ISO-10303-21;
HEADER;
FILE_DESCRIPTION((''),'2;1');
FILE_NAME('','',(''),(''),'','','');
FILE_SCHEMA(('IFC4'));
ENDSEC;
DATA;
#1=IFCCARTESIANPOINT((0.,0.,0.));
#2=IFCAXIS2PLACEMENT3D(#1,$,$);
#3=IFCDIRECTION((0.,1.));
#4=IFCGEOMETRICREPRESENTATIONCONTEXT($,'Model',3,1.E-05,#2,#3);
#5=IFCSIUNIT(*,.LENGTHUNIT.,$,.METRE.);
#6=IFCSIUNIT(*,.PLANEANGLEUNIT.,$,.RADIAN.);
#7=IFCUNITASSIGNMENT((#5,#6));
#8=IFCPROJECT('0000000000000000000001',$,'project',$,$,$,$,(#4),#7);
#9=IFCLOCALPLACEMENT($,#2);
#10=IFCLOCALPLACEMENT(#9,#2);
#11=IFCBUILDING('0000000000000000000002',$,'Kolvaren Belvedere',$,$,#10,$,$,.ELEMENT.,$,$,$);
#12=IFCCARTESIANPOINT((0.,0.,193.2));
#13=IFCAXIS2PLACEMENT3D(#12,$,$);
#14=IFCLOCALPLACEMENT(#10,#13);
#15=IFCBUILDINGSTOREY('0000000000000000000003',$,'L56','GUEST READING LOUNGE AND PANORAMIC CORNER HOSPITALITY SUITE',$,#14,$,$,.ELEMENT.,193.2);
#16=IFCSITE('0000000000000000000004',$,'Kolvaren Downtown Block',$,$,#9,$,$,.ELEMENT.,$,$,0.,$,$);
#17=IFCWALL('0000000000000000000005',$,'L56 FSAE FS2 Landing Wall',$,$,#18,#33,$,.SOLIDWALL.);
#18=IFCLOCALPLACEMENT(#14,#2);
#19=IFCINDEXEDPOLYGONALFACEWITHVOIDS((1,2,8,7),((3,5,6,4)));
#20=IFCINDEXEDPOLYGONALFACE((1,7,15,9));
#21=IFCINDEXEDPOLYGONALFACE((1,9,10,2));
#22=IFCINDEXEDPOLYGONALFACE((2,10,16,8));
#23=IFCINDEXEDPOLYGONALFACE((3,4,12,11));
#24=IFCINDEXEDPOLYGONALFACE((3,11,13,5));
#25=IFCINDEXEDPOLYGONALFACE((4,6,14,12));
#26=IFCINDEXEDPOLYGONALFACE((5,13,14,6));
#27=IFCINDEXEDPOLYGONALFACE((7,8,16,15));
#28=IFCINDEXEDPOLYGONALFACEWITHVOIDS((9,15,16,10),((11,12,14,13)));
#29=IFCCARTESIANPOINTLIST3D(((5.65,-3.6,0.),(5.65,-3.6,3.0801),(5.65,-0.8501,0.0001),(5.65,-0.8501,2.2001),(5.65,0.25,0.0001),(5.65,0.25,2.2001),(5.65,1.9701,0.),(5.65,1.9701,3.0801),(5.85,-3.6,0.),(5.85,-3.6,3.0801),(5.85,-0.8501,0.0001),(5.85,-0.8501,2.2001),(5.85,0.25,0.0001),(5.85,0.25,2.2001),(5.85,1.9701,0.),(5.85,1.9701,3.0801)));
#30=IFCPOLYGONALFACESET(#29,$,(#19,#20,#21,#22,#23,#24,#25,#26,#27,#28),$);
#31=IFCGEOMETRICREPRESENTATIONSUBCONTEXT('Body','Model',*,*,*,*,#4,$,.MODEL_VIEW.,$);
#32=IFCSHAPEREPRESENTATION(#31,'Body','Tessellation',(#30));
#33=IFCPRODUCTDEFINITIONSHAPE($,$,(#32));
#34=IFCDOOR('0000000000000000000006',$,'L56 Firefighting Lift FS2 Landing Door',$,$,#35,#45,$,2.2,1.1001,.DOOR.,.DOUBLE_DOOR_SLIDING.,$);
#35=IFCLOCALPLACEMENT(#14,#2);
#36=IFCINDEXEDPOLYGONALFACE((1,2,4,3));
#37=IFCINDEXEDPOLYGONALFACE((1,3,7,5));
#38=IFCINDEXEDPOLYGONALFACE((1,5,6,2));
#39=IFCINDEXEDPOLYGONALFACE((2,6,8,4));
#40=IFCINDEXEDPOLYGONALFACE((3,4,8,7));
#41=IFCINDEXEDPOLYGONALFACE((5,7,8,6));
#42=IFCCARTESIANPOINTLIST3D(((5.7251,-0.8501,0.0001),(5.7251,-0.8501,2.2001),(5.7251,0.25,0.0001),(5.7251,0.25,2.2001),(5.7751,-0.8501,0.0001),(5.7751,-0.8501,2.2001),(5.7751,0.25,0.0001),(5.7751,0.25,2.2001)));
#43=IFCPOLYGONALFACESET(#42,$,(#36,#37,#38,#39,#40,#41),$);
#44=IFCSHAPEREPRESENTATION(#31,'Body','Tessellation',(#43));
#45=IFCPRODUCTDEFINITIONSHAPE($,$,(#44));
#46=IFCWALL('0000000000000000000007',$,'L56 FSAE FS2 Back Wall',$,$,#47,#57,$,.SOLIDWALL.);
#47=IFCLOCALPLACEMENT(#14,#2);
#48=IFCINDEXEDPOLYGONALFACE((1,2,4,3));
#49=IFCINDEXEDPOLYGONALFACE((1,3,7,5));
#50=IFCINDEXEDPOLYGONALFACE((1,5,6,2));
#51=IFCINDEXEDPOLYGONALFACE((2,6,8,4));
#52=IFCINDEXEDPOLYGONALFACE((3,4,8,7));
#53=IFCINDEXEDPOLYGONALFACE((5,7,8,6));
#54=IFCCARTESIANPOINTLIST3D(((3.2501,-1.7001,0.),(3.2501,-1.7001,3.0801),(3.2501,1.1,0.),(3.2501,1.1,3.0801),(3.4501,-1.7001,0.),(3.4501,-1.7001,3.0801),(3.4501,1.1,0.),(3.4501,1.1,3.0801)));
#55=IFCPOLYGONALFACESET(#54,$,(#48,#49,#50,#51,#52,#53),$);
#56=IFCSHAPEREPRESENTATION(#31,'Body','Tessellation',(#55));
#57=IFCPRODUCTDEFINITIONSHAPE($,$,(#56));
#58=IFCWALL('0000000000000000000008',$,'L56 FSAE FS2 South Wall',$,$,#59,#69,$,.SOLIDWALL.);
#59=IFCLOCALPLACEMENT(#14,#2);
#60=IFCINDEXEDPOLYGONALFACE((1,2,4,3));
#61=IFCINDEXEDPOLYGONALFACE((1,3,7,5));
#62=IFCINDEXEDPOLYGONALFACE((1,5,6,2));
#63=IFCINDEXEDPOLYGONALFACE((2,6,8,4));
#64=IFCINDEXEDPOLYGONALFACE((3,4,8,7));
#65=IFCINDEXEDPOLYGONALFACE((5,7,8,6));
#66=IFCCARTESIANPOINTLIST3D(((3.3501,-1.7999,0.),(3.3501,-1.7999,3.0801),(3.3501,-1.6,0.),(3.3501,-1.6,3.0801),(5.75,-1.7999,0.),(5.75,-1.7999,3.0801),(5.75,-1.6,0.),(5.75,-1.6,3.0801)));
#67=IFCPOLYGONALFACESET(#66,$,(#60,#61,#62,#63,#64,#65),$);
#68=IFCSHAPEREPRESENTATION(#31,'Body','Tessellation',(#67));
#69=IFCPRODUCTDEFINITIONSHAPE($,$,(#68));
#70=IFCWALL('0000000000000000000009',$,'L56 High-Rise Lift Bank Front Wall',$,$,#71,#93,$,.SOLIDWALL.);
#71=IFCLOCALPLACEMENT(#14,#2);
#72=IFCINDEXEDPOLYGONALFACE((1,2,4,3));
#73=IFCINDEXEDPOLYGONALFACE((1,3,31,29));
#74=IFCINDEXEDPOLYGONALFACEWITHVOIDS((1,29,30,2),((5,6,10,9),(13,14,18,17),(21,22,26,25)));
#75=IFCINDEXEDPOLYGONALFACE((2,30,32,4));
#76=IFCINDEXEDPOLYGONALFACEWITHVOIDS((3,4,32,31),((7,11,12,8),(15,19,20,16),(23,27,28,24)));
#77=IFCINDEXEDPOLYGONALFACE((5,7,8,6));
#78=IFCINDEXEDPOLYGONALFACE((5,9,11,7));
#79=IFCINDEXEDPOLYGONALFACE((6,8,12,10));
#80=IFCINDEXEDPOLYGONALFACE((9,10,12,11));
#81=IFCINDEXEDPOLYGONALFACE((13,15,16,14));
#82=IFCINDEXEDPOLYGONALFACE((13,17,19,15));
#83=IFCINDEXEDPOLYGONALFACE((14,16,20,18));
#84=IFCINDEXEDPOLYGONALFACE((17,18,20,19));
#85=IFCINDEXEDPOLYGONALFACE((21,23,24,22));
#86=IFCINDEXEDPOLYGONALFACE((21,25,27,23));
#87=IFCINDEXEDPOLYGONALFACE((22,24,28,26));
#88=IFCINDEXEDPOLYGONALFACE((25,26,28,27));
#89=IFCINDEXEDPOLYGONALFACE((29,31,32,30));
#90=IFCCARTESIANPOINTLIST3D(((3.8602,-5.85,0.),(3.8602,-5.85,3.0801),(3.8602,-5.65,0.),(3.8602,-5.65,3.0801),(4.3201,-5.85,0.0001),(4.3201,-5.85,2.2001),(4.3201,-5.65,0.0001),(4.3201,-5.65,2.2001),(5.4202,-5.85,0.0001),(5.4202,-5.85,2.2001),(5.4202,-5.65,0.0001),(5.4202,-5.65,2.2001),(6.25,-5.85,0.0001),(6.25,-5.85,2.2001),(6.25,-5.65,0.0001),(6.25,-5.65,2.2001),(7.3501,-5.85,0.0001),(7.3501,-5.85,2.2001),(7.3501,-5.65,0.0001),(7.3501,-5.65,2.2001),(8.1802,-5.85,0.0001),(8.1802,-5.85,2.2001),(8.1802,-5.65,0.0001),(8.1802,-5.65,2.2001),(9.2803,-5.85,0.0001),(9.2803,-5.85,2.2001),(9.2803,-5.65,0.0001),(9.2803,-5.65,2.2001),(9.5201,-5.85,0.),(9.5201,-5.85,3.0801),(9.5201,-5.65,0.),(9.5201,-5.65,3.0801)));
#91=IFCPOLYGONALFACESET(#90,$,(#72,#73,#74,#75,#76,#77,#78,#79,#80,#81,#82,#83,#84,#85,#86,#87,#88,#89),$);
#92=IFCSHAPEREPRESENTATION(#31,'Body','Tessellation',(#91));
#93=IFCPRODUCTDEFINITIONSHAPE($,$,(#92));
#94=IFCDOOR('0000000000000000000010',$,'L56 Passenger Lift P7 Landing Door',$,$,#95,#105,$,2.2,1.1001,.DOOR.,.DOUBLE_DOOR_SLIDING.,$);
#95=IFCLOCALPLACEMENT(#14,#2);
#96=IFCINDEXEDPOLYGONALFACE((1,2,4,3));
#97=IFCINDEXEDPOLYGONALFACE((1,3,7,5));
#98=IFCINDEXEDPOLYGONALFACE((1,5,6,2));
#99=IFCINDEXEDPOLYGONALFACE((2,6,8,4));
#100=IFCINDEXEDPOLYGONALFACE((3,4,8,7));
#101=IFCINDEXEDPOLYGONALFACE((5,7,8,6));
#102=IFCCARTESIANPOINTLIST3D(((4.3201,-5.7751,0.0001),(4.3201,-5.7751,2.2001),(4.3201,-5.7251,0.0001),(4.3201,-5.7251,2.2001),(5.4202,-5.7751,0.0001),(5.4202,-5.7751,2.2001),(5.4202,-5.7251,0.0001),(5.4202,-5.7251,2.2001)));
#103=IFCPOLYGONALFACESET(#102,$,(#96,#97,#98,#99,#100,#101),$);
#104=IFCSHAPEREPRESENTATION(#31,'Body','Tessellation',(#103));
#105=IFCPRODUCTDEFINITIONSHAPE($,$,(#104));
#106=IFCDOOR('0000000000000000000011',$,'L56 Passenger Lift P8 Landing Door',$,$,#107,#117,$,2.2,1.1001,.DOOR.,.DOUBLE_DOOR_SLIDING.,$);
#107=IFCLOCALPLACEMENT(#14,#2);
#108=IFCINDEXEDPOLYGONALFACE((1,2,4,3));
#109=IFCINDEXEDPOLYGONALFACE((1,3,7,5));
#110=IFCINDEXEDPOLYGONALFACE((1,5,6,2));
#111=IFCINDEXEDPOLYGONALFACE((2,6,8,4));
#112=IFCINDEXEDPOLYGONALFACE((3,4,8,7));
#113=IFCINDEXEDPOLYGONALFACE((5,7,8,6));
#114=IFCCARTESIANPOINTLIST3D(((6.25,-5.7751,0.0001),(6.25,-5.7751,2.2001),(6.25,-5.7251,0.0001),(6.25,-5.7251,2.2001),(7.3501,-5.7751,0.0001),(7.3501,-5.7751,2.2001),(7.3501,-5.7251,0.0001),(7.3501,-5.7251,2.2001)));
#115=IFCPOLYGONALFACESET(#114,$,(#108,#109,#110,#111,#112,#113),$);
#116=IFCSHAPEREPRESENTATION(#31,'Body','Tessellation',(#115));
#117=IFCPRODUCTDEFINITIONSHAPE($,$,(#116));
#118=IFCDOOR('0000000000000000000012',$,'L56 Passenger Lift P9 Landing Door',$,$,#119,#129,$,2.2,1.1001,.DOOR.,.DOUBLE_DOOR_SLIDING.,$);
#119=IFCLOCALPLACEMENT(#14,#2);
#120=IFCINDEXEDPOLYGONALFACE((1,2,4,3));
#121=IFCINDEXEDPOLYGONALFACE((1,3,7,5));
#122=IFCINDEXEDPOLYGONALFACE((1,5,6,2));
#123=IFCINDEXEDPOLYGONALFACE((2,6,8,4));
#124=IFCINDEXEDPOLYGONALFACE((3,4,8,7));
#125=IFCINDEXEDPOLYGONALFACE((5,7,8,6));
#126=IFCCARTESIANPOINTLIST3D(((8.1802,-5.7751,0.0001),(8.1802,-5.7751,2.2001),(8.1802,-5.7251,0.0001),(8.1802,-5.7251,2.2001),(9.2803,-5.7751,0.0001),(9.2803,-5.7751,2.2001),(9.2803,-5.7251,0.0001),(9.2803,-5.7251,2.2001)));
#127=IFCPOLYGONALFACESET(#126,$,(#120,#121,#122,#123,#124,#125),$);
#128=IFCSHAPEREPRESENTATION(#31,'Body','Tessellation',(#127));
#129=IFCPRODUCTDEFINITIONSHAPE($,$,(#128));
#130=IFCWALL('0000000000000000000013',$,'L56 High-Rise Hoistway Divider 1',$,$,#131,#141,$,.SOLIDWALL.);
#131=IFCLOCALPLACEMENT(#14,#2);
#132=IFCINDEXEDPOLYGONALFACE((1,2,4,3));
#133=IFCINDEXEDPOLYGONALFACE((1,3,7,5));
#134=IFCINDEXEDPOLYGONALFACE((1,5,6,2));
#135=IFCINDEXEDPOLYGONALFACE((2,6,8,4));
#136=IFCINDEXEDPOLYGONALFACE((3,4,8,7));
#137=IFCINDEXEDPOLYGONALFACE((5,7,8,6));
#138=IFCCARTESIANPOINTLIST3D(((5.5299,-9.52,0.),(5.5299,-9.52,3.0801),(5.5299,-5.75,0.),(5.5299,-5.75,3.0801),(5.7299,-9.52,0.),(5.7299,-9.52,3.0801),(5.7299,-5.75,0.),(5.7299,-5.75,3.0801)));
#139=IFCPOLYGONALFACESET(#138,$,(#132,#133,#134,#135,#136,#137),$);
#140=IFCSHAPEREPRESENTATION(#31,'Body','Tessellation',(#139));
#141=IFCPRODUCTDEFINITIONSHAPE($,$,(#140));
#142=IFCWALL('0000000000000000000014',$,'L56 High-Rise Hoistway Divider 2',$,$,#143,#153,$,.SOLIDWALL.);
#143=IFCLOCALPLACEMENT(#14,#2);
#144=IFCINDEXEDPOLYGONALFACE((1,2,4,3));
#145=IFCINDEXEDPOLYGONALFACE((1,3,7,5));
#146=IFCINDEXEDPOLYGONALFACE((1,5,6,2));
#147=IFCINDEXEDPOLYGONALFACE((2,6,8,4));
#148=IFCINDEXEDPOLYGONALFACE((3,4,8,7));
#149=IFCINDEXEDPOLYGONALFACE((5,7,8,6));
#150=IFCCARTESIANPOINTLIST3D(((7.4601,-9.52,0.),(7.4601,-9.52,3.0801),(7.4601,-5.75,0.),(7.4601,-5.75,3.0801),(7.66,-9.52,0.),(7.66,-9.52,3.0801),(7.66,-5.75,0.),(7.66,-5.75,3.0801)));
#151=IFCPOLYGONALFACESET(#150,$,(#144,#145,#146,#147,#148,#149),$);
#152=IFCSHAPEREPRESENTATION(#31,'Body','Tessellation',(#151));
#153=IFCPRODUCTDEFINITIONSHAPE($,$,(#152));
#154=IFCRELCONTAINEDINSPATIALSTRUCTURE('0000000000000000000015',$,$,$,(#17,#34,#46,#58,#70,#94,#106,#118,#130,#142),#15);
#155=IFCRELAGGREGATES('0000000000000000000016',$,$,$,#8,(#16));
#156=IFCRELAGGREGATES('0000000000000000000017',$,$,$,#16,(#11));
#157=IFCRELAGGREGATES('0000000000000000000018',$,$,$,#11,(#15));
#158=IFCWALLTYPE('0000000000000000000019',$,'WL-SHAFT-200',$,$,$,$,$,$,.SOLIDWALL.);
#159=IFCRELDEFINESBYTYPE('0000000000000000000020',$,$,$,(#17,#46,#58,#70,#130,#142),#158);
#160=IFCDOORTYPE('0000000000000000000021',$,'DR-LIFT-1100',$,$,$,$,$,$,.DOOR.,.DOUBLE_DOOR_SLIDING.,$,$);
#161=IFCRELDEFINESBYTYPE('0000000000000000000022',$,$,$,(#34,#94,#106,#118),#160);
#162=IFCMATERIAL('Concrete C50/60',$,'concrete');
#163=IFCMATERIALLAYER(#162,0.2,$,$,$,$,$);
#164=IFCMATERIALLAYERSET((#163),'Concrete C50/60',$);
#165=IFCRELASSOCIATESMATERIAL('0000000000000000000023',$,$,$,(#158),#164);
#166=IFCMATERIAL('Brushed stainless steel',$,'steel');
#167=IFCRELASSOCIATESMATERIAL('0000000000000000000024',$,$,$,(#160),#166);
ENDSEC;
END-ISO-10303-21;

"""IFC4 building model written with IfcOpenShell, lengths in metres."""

from ifc_helpers import new_model, si_unit, direction, frame, frame_2d, origin, place, context, subcontext, project, spatial, rectangle, extrude, material, layer, layer_set, type_object, element, fill, save


model = new_model("IFC4")

# Units and contexts
model_context = context("Model", 3, precision=1e-05, world=origin(), true_north=direction((0.0, 1.0)))
body_context = subcontext(model_context, "Body", "Model", "MODEL_VIEW")
ifc_project = project(units=[si_unit("LENGTHUNIT", "METRE"), si_unit("PLANEANGLEUNIT", "RADIAN")], contexts=[model_context])

# Site, building, storey
site_placement = place(None, origin())
site = spatial("IfcSite", under=ifc_project, at=site_placement, Name="Kolvaren Downtown Block", CompositionType="ELEMENT", RefElevation=0.0)
building_placement = place(site_placement, origin())
building = spatial("IfcBuilding", under=site, at=building_placement, Name="Kolvaren Belvedere", CompositionType="ELEMENT")
storey_placement = place(building_placement, frame((0.0, 0.0, 193.2)))
storey = spatial("IfcBuildingStorey", under=building, at=storey_placement, Name="L56", Description="GUEST READING LOUNGE AND PANORAMIC CORNER HOSPITALITY SUITE", CompositionType="ELEMENT", Elevation=193.2)

# Wall, opening, door
ifc_material_1 = material(Name="Concrete C50/60", Category="concrete")
ifc_layer_1 = layer(ifc_material_1, 0.2)
ifc_layer_set_1 = layer_set([ifc_layer_1], Name="Concrete C50/60")
wall_type_1 = type_object("IfcWallType", Name="WL-SHAFT-200", PredefinedType="SOLIDWALL", material=ifc_layer_set_1)
wall_1_placement = place(storey_placement, frame((5.75, -3.6001, 0.0), z_axis=(0.0, 0.0, 1.0), x_axis=(0.0, 1.0, 0.0)))
wall_1 = element("IfcWall", 1, at=wall_1_placement, inside=storey, type_object=wall_type_1, Name="L56 FSAE FS2 Landing Wall", PredefinedType="SOLIDWALL", context=body_context, shape_type="SweptSolid", body=[
    extrude(rectangle(XDim=5.5701, YDim=0.2, at=frame_2d((2.7852, 0.0))), origin(), (0.0, 0.0, 1.0), 3.0801),
])
opening_1_placement = place(wall_1_placement, frame((2.75, 0.0, 0.0)))
opening_1 = element("IfcOpeningElement", 2, at=opening_1_placement, cuts=wall_1, PredefinedType="OPENING", context=body_context, shape_type="SweptSolid", body=[
    extrude(rectangle(XDim=1.1001, YDim=2.2, at=frame_2d((0.55, 1.1001))), frame((0.0, 0.1099, 0.0), z_axis=(0.0, -1.0, 0.0), x_axis=(1.0, 0.0, 0.0)), (0.0, 0.0, 1.0), 0.22),
])
ifc_material_2 = material(Name="Brushed stainless steel", Category="steel")
door_type_1 = type_object("IfcDoorType", Name="DR-LIFT-1100", OperationType="DOUBLE_DOOR_SLIDING", PredefinedType="DOOR", material=ifc_material_2)
door_1_placement = place(opening_1_placement, origin())
door_1 = element("IfcDoor", 3, at=door_1_placement, inside=storey, type_object=door_type_1, Name="L56 Firefighting Lift FS2 Landing Door", OperationType="DOUBLE_DOOR_SLIDING", OverallHeight=2.2, OverallWidth=1.1001, PredefinedType="DOOR", context=body_context, shape_type="SweptSolid", body=[
    extrude(rectangle(XDim=1.1001, YDim=2.2, at=frame_2d((0.55, 1.1001))), frame((0.0, 0.0249, 0.0), z_axis=(0.0, -1.0, 0.0), x_axis=(1.0, 0.0, 0.0)), (0.0, 0.0, 1.0), 0.05),
])
fill(opening_1, door_1)

# Walls
wall_2_placement = place(storey_placement, frame((3.3501, -1.7, 0.0), z_axis=(0.0, 0.0, 1.0), x_axis=(0.0, 1.0, 0.0)))
element("IfcWall", 4, at=wall_2_placement, inside=storey, type_object=wall_type_1, Name="L56 FSAE FS2 Back Wall", PredefinedType="SOLIDWALL", context=body_context, shape_type="SweptSolid", body=[
    extrude(rectangle(XDim=2.8, YDim=0.2, at=frame_2d((1.3999, 0.0))), origin(), (0.0, 0.0, 1.0), 3.0801),
])
wall_3_placement = place(storey_placement, frame((3.3501, -1.7, 0.0), z_axis=(0.0, 0.0, 1.0), x_axis=(1.0, 0.0, 0.0)))
element("IfcWall", 5, at=wall_3_placement, inside=storey, type_object=wall_type_1, Name="L56 FSAE FS2 South Wall", PredefinedType="SOLIDWALL", context=body_context, shape_type="SweptSolid", body=[
    extrude(rectangle(XDim=2.3999, YDim=0.2, at=frame_2d((1.2, 0.0))), origin(), (0.0, 0.0, 1.0), 3.0801),
])

# Wall, openings, doors
wall_4_placement = place(storey_placement, frame((3.8601, -5.75, 0.0), z_axis=(0.0, 0.0, 1.0), x_axis=(1.0, 0.0, 0.0)))
wall_4 = element("IfcWall", 6, at=wall_4_placement, inside=storey, type_object=wall_type_1, Name="L56 High-Rise Lift Bank Front Wall", PredefinedType="SOLIDWALL", context=body_context, shape_type="SweptSolid", body=[
    extrude(rectangle(XDim=5.6599, YDim=0.2, at=frame_2d((2.8301, 0.0))), origin(), (0.0, 0.0, 1.0), 3.0801),
])
opening_2_placement = place(wall_4_placement, frame((0.46, 0.0, 0.0)))
opening_2 = element("IfcOpeningElement", 7, at=opening_2_placement, cuts=wall_4, PredefinedType="OPENING", context=body_context, shape_type="SweptSolid", body=[
    extrude(rectangle(XDim=1.1001, YDim=2.2, at=frame_2d((0.55, 1.1001))), frame((0.0, 0.1099, 0.0), z_axis=(0.0, -1.0, 0.0), x_axis=(1.0, 0.0, 0.0)), (0.0, 0.0, 1.0), 0.22),
])
opening_3_placement = place(wall_4_placement, frame((2.3899, 0.0, 0.0)))
opening_3 = element("IfcOpeningElement", 8, at=opening_3_placement, cuts=wall_4, PredefinedType="OPENING", context=body_context, shape_type="SweptSolid", body=[
    extrude(rectangle(XDim=1.1001, YDim=2.2, at=frame_2d((0.55, 1.1001))), frame((0.0, 0.1099, 0.0), z_axis=(0.0, -1.0, 0.0), x_axis=(1.0, 0.0, 0.0)), (0.0, 0.0, 1.0), 0.22),
])
opening_4_placement = place(wall_4_placement, frame((4.3201, 0.0, 0.0)))
opening_4 = element("IfcOpeningElement", 9, at=opening_4_placement, cuts=wall_4, PredefinedType="OPENING", context=body_context, shape_type="SweptSolid", body=[
    extrude(rectangle(XDim=1.1001, YDim=2.2, at=frame_2d((0.55, 1.1001))), frame((0.0, 0.1099, 0.0), z_axis=(0.0, -1.0, 0.0), x_axis=(1.0, 0.0, 0.0)), (0.0, 0.0, 1.0), 0.22),
])
door_2_placement = place(opening_2_placement, origin())
door_2 = element("IfcDoor", 10, at=door_2_placement, inside=storey, type_object=door_type_1, Name="L56 Passenger Lift P7 Landing Door", OperationType="DOUBLE_DOOR_SLIDING", OverallHeight=2.2, OverallWidth=1.1001, PredefinedType="DOOR", context=body_context, shape_type="SweptSolid", body=[
    extrude(rectangle(XDim=1.1001, YDim=2.2, at=frame_2d((0.55, 1.1001))), frame((0.0, 0.0249, 0.0), z_axis=(0.0, -1.0, 0.0), x_axis=(1.0, 0.0, 0.0)), (0.0, 0.0, 1.0), 0.05),
])
fill(opening_2, door_2)
door_3_placement = place(opening_3_placement, origin())
door_3 = element("IfcDoor", 11, at=door_3_placement, inside=storey, type_object=door_type_1, Name="L56 Passenger Lift P8 Landing Door", OperationType="DOUBLE_DOOR_SLIDING", OverallHeight=2.2, OverallWidth=1.1001, PredefinedType="DOOR", context=body_context, shape_type="SweptSolid", body=[
    extrude(rectangle(XDim=1.1001, YDim=2.2, at=frame_2d((0.55, 1.1001))), frame((0.0, 0.0249, 0.0), z_axis=(0.0, -1.0, 0.0), x_axis=(1.0, 0.0, 0.0)), (0.0, 0.0, 1.0), 0.05),
])
fill(opening_3, door_3)
door_4_placement = place(opening_4_placement, origin())
door_4 = element("IfcDoor", 12, at=door_4_placement, inside=storey, type_object=door_type_1, Name="L56 Passenger Lift P9 Landing Door", OperationType="DOUBLE_DOOR_SLIDING", OverallHeight=2.2, OverallWidth=1.1001, PredefinedType="DOOR", context=body_context, shape_type="SweptSolid", body=[
    extrude(rectangle(XDim=1.1001, YDim=2.2, at=frame_2d((0.55, 1.1001))), frame((0.0, 0.0249, 0.0), z_axis=(0.0, -1.0, 0.0), x_axis=(1.0, 0.0, 0.0)), (0.0, 0.0, 1.0), 0.05),
])
fill(opening_4, door_4)

# Walls
for number, where, z_axis, x_axis, name in (
    (13, (5.6299, -9.52, 0.0), (0.0, 0.0, 1.0), (0.0, 1.0, 0.0), "L56 High-Rise Hoistway Divider 1"),
    (14, (7.5601, -9.52, 0.0), (0.0, 0.0, 1.0), (0.0, 1.0, 0.0), "L56 High-Rise Hoistway Divider 2"),
):
    element("IfcWall", number, at=place(storey_placement, frame(where, z_axis=z_axis, x_axis=x_axis)), inside=storey, type_object=wall_type_1, Name=name, PredefinedType="SOLIDWALL", context=body_context, shape_type="SweptSolid", body=[
        extrude(rectangle(XDim=3.77, YDim=0.2, at=frame_2d((1.885, 0.0))), origin(), (0.0, 0.0, 1.0), 3.0801),
    ])

save(model, "model.ifc")
